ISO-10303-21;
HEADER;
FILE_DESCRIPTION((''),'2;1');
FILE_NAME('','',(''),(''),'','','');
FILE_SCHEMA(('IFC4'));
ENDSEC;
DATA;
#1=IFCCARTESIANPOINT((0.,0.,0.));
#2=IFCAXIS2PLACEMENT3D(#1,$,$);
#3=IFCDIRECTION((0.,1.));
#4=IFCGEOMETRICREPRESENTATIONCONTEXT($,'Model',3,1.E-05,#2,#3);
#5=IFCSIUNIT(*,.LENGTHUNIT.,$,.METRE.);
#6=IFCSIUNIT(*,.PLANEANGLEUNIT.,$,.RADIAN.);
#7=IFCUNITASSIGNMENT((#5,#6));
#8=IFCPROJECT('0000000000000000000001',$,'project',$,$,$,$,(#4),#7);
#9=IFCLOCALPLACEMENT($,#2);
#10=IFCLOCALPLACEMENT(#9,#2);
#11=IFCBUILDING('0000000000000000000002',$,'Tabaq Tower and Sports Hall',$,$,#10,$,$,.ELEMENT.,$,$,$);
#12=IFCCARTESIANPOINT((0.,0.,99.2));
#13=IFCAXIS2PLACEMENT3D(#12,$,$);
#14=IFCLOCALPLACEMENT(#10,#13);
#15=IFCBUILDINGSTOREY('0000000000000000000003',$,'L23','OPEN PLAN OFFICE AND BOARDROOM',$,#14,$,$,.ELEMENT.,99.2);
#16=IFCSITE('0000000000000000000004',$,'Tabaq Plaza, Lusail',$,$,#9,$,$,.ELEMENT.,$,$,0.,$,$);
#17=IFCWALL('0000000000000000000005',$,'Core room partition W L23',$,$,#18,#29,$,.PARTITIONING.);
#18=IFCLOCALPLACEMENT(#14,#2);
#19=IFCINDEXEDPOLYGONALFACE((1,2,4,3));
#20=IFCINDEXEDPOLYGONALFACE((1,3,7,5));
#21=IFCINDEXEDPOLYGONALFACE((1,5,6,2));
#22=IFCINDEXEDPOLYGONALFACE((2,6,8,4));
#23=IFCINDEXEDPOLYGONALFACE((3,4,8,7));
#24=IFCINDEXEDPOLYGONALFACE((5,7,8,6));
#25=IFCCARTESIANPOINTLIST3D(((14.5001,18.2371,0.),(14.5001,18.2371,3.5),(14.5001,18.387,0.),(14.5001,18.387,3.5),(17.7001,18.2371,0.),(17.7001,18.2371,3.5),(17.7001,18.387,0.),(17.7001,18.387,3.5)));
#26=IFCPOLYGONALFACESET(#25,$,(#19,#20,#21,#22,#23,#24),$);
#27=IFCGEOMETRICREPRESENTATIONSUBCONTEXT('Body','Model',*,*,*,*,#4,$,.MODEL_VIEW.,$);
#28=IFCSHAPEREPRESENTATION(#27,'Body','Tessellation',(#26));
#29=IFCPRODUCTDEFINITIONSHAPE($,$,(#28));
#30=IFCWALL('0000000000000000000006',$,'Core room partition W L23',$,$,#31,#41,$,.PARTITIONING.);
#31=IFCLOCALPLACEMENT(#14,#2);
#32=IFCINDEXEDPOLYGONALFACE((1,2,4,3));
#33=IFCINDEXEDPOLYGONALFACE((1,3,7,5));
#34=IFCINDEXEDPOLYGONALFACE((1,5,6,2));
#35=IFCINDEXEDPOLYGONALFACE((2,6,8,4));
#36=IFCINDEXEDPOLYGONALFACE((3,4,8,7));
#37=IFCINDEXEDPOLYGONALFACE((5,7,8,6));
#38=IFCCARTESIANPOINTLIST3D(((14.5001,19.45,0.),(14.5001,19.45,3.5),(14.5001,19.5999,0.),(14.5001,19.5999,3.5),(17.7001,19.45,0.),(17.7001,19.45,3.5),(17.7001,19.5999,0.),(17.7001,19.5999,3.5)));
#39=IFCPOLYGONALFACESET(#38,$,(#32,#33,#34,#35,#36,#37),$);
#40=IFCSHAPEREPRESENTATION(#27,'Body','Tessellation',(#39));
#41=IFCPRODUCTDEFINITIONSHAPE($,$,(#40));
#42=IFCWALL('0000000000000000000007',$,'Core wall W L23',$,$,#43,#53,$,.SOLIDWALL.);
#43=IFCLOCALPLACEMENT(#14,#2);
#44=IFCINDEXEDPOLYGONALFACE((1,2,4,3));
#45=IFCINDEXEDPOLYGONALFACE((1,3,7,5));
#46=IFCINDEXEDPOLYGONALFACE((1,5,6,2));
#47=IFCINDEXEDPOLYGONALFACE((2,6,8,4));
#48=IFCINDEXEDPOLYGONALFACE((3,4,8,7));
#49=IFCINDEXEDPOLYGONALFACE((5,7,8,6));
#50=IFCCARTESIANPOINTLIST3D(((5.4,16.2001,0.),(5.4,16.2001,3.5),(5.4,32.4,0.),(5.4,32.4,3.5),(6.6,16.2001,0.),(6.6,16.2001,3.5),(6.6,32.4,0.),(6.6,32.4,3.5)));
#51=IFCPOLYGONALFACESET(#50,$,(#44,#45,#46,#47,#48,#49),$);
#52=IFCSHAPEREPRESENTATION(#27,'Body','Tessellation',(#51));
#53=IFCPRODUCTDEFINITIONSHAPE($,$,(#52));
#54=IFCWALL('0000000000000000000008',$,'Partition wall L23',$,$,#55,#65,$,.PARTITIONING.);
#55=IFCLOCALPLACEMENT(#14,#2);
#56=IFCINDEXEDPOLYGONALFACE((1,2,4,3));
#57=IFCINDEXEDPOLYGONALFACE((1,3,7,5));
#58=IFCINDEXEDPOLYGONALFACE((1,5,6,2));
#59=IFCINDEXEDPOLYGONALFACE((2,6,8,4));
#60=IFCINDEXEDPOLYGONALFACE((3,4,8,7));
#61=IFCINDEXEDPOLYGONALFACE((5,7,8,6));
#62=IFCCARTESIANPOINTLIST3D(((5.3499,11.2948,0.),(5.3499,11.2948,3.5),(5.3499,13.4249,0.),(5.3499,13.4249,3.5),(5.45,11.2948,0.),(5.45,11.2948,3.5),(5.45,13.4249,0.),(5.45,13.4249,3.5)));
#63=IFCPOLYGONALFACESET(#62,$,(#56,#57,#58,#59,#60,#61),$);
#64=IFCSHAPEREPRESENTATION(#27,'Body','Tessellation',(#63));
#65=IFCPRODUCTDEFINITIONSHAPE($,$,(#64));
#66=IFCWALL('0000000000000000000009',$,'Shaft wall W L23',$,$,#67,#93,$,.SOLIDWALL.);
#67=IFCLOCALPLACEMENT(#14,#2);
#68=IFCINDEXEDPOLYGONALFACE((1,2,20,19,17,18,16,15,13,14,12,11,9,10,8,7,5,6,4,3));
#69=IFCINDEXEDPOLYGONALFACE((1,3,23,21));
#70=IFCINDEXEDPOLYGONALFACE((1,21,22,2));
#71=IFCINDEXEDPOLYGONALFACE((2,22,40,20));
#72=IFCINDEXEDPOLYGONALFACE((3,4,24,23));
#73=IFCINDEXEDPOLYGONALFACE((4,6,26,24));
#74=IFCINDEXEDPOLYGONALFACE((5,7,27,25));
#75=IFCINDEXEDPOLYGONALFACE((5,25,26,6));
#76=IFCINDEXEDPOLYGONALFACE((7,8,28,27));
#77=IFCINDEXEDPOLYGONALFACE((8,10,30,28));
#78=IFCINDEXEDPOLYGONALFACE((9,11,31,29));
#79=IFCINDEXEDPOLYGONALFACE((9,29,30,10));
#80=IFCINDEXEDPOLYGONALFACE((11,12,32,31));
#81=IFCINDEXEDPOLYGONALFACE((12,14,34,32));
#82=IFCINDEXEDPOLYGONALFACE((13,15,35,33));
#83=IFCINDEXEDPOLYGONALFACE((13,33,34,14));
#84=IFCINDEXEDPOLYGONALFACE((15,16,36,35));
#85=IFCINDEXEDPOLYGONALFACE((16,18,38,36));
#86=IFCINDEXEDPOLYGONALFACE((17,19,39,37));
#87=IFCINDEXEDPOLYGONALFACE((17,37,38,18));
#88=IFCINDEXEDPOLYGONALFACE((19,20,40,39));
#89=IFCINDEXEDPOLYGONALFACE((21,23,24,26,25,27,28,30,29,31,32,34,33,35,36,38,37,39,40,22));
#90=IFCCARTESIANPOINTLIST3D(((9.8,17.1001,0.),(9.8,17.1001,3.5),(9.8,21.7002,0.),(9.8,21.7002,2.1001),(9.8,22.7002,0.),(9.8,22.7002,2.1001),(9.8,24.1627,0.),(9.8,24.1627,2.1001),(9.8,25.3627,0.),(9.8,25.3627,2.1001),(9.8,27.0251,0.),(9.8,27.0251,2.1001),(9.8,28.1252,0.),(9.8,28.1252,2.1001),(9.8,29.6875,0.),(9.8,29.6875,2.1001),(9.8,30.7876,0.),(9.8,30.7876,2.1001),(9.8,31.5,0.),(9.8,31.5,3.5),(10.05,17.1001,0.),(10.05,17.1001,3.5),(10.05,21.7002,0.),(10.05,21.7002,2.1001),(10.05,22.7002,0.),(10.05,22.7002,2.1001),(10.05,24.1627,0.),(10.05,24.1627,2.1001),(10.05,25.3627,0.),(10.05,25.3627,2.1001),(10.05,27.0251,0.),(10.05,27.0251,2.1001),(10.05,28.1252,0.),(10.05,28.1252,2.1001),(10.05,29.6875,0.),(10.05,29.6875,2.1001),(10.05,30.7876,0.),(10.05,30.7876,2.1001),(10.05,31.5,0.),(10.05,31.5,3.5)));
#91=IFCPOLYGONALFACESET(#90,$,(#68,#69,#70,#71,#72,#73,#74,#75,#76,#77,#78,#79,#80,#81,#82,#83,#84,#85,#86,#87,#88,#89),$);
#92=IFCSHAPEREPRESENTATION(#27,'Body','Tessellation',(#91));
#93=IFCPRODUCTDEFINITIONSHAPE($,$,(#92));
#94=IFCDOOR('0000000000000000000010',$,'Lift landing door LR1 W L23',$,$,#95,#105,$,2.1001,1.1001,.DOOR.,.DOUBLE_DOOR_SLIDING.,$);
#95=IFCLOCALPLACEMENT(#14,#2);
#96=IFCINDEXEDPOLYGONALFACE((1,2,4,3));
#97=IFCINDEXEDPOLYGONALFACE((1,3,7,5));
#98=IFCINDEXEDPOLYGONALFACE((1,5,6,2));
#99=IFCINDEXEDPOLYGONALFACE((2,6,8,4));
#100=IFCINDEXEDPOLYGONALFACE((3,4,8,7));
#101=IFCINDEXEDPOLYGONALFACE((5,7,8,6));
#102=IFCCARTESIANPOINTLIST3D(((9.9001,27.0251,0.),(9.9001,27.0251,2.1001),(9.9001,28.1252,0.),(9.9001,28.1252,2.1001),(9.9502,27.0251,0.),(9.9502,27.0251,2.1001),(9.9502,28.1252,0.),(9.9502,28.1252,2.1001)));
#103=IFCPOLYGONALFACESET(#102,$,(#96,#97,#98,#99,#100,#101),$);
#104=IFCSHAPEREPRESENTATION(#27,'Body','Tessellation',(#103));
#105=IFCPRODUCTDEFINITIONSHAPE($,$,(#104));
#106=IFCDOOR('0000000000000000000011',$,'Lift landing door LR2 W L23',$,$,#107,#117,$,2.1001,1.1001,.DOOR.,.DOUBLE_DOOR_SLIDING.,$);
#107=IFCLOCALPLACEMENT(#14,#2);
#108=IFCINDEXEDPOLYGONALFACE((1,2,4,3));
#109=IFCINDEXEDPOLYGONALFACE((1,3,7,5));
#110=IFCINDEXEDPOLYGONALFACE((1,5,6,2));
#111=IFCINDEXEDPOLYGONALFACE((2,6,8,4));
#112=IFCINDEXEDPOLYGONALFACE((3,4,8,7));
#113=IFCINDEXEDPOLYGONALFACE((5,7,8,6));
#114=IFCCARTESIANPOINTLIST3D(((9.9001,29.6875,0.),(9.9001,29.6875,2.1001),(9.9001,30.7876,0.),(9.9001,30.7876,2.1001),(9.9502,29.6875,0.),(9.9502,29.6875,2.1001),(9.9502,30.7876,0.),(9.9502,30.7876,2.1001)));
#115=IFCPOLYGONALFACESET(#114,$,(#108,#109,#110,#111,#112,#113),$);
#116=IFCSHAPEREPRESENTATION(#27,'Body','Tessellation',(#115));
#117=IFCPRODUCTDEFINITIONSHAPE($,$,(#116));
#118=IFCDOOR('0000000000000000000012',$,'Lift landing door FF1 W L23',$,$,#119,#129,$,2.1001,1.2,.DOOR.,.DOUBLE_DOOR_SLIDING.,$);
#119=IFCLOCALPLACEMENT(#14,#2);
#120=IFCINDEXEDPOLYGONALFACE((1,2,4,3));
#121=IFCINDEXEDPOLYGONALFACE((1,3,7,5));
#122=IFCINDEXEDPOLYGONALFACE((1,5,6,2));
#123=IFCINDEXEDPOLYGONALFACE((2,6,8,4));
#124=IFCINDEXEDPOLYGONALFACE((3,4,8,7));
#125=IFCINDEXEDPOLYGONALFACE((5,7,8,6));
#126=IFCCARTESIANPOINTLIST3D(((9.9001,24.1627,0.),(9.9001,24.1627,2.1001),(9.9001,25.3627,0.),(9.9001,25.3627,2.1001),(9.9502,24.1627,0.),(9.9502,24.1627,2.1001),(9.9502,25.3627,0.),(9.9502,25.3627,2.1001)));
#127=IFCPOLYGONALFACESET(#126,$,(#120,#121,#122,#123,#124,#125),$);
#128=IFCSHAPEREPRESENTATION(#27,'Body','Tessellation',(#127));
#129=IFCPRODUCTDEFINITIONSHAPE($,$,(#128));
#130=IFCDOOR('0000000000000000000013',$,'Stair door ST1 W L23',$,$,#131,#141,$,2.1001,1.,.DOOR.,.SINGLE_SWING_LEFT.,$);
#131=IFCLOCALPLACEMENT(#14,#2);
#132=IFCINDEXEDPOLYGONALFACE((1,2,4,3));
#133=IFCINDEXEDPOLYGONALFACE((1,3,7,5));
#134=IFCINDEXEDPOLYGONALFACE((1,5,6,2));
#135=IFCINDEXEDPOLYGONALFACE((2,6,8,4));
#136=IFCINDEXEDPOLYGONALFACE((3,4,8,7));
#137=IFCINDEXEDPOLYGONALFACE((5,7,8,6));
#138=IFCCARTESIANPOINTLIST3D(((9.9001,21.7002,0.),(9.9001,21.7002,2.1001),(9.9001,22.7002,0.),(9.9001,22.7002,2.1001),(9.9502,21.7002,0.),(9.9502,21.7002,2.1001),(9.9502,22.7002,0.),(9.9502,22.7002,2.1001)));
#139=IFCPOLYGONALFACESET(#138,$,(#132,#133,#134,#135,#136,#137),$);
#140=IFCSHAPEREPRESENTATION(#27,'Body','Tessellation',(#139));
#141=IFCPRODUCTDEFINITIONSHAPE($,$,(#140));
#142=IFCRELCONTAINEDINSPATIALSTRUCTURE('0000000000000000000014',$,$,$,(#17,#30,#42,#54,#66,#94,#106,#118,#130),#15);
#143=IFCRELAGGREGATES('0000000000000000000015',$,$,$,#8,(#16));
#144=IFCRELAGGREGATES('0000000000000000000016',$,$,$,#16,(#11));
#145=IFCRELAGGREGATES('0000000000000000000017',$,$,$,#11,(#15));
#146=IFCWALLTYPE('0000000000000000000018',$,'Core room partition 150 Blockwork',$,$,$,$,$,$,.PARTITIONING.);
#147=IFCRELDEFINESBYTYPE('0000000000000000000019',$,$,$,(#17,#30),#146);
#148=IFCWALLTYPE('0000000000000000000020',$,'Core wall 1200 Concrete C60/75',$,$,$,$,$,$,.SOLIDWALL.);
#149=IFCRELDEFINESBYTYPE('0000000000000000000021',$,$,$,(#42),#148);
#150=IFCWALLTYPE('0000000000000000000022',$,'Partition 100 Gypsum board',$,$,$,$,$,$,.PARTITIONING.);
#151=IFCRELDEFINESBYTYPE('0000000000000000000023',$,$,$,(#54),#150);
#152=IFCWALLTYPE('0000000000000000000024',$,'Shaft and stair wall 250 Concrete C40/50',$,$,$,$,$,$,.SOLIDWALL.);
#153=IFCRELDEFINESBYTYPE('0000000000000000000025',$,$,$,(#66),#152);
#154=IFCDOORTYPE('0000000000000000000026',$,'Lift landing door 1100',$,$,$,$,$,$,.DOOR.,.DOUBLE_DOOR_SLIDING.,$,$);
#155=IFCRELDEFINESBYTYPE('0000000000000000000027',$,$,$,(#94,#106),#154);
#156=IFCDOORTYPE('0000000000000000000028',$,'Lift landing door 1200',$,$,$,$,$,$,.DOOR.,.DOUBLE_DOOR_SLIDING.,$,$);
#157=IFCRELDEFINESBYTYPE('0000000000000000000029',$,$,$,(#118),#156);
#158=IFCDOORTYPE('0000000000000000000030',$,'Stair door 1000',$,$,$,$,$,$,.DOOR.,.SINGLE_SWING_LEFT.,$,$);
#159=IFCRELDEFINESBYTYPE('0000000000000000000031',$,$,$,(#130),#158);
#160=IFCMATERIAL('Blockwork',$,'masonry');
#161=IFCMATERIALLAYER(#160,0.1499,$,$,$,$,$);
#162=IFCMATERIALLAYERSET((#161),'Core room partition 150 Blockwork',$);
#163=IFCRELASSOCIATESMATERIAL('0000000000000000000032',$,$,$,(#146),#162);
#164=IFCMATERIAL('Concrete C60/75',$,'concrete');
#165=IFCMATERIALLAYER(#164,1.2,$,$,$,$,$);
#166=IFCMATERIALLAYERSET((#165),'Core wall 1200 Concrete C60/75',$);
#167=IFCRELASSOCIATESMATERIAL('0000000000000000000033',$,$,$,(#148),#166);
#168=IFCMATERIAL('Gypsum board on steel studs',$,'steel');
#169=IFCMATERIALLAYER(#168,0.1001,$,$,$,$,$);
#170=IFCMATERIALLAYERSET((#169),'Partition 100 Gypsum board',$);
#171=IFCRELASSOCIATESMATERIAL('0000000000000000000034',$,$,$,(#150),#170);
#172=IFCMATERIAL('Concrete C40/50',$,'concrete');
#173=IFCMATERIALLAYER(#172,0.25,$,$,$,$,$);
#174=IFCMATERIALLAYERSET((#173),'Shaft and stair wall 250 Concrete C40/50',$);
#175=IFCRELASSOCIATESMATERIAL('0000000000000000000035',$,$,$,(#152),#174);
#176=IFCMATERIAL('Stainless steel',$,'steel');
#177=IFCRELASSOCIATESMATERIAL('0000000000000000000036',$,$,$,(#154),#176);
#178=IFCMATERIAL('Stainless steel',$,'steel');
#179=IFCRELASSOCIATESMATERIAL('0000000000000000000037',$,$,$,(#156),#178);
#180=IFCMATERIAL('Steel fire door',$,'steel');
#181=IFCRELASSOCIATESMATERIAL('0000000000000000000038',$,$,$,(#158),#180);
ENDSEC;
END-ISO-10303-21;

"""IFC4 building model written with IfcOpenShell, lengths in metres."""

from ifc_helpers import new_model, si_unit, direction, frame, frame_2d, origin, place, context, subcontext, project, spatial, rectangle, extrude, material, layer, layer_set, type_object, element, fill, save


model = new_model("IFC4")

# Units and contexts
model_context = context("Model", 3, precision=1e-05, world=origin(), true_north=direction((0.0, 1.0)))
body_context = subcontext(model_context, "Body", "Model", "MODEL_VIEW")
ifc_project = project(units=[si_unit("LENGTHUNIT", "METRE"), si_unit("PLANEANGLEUNIT", "RADIAN")], contexts=[model_context])

# Site, building, storey
site_placement = place(None, origin())
site = spatial("IfcSite", under=ifc_project, at=site_placement, Name="Tabaq Plaza, Lusail", CompositionType="ELEMENT", RefElevation=0.0)
building_placement = place(site_placement, origin())
building = spatial("IfcBuilding", under=site, at=building_placement, Name="Tabaq Tower and Sports Hall", CompositionType="ELEMENT")
storey_placement = place(building_placement, frame((0.0, 0.0, 99.2)))
storey = spatial("IfcBuildingStorey", under=building, at=storey_placement, Name="L23", Description="OPEN PLAN OFFICE AND BOARDROOM", CompositionType="ELEMENT", Elevation=99.2)

# Walls
ifc_material_1 = material(Name="Blockwork", Category="masonry")
ifc_layer_1 = layer(ifc_material_1, 0.1499)
ifc_layer_set_1 = layer_set([ifc_layer_1], Name="Core room partition 150 Blockwork")
wall_type_1 = type_object("IfcWallType", Name="Core room partition 150 Blockwork", PredefinedType="PARTITIONING", material=ifc_layer_set_1)
for number, where, z_axis, x_axis, name in (
    (1, (14.5, 18.312, 0.0), (0.0, 0.0, 1.0), (1.0, 0.0, 0.0), "Core room partition W L23"),
    (2, (14.5, 19.5249, 0.0), (0.0, 0.0, 1.0), (1.0, 0.0, 0.0), "Core room partition W L23"),
):
    element("IfcWall", number, at=place(storey_placement, frame(where, z_axis=z_axis, x_axis=x_axis)), inside=storey, type_object=wall_type_1, Name=name, PredefinedType="PARTITIONING", context=body_context, shape_type="SweptSolid", body=[
        extrude(rectangle(XDim=3.2, YDim=0.1499, at=frame_2d((1.6001, 0.0))), origin(), (0.0, 0.0, 1.0), 3.5),
    ])
ifc_material_2 = material(Name="Concrete C60/75", Category="concrete")
ifc_layer_2 = layer(ifc_material_2, 1.2)
ifc_layer_set_2 = layer_set([ifc_layer_2], Name="Core wall 1200 Concrete C60/75")
wall_type_2 = type_object("IfcWallType", Name="Core wall 1200 Concrete C60/75", PredefinedType="SOLIDWALL", material=ifc_layer_set_2)
wall_1_placement = place(storey_placement, frame((6.0, 16.2, 0.0), z_axis=(0.0, 0.0, 1.0), x_axis=(0.0, 1.0, 0.0)))
element("IfcWall", 3, at=wall_1_placement, inside=storey, type_object=wall_type_2, Name="Core wall W L23", PredefinedType="SOLIDWALL", context=body_context, shape_type="SweptSolid", body=[
    extrude(rectangle(XDim=16.2, YDim=1.2, at=frame_2d((8.1001, 0.0))), origin(), (0.0, 0.0, 1.0), 3.5),
])
ifc_material_3 = material(Name="Gypsum board on steel studs", Category="steel")
ifc_layer_3 = layer(ifc_material_3, 0.1001)
ifc_layer_set_3 = layer_set([ifc_layer_3], Name="Partition 100 Gypsum board")
wall_type_3 = type_object("IfcWallType", Name="Partition 100 Gypsum board", PredefinedType="PARTITIONING", material=ifc_layer_set_3)
wall_2_placement = place(storey_placement, frame((5.3999, 11.2949, 0.0), z_axis=(0.0, 0.0, 1.0), x_axis=(0.0, 1.0, 0.0)))
element("IfcWall", 4, at=wall_2_placement, inside=storey, type_object=wall_type_3, Name="Partition wall L23", PredefinedType="PARTITIONING", context=body_context, shape_type="SweptSolid", body=[
    extrude(rectangle(XDim=2.1301, YDim=0.1001, at=frame_2d((1.0649, 0.0))), origin(), (0.0, 0.0, 1.0), 3.5),
])

# Wall, openings, doors
ifc_material_4 = material(Name="Concrete C40/50", Category="concrete")
ifc_layer_4 = layer(ifc_material_4, 0.25)
ifc_layer_set_4 = layer_set([ifc_layer_4], Name="Shaft and stair wall 250 Concrete C40/50")
wall_type_4 = type_object("IfcWallType", Name="Shaft and stair wall 250 Concrete C40/50", PredefinedType="SOLIDWALL", material=ifc_layer_set_4)
wall_3_placement = place(storey_placement, frame((9.925, 17.1001, 0.0), z_axis=(0.0, 0.0, 1.0), x_axis=(0.0, 1.0, 0.0)))
wall_3 = element("IfcWall", 5, at=wall_3_placement, inside=storey, type_object=wall_type_4, Name="Shaft wall W L23", PredefinedType="SOLIDWALL", context=body_context, shape_type="SweptSolid", body=[
    extrude(rectangle(XDim=14.3999, YDim=0.25, at=frame_2d((7.2, 0.0))), origin(), (0.0, 0.0, 1.0), 3.5),
])
opening_1_placement = place(wall_3_placement, frame((4.6001, 0.0, 0.0)))
opening_1 = element("IfcOpeningElement", 6, at=opening_1_placement, cuts=wall_3, PredefinedType="OPENING", context=body_context, shape_type="SweptSolid", body=[
    extrude(rectangle(XDim=1.0, YDim=2.1001, at=frame_2d((0.5, 1.05))), frame((0.0, 0.125, 0.0), z_axis=(0.0, -1.0, 0.0), x_axis=(1.0, 0.0, 0.0)), (0.0, 0.0, 1.0), 0.25),
])
opening_2_placement = place(wall_3_placement, frame((7.0625, 0.0, 0.0)))
opening_2 = element("IfcOpeningElement", 7, at=opening_2_placement, cuts=wall_3, PredefinedType="OPENING", context=body_context, shape_type="SweptSolid", body=[
    extrude(rectangle(XDim=1.2, YDim=2.1001, at=frame_2d((0.6001, 1.05))), frame((0.0, 0.125, 0.0), z_axis=(0.0, -1.0, 0.0), x_axis=(1.0, 0.0, 0.0)), (0.0, 0.0, 1.0), 0.25),
])
opening_3_placement = place(wall_3_placement, frame((9.925, 0.0, 0.0)))
opening_3 = element("IfcOpeningElement", 8, at=opening_3_placement, cuts=wall_3, PredefinedType="OPENING", context=body_context, shape_type="SweptSolid", body=[
    extrude(rectangle(XDim=1.1001, YDim=2.1001, at=frame_2d((0.55, 1.05))), frame((0.0, 0.125, 0.0), z_axis=(0.0, -1.0, 0.0), x_axis=(1.0, 0.0, 0.0)), (0.0, 0.0, 1.0), 0.25),
])
opening_4_placement = place(wall_3_placement, frame((12.5874, 0.0, 0.0)))
opening_4 = element("IfcOpeningElement", 9, at=opening_4_placement, cuts=wall_3, PredefinedType="OPENING", context=body_context, shape_type="SweptSolid", body=[
    extrude(rectangle(XDim=1.1001, YDim=2.1001, at=frame_2d((0.55, 1.05))), frame((0.0, 0.125, 0.0), z_axis=(0.0, -1.0, 0.0), x_axis=(1.0, 0.0, 0.0)), (0.0, 0.0, 1.0), 0.25),
])
ifc_material_5 = material(Name="Stainless steel", Category="steel")
door_type_1 = type_object("IfcDoorType", Name="Lift landing door 1100", OperationType="DOUBLE_DOOR_SLIDING", PredefinedType="DOOR", material=ifc_material_5)
door_1_placement = place(opening_3_placement, origin())
door_1 = element("IfcDoor", 10, at=door_1_placement, inside=storey, type_object=door_type_1, Name="Lift landing door LR1 W L23", OperationType="DOUBLE_DOOR_SLIDING", OverallHeight=2.1001, OverallWidth=1.1001, PredefinedType="DOOR", context=body_context, shape_type="SweptSolid", body=[
    extrude(rectangle(XDim=1.1001, YDim=2.1001, at=frame_2d((0.55, 1.05))), frame((0.0, 0.0249, 0.0), z_axis=(0.0, -1.0, 0.0), x_axis=(1.0, 0.0, 0.0)), (0.0, 0.0, 1.0), 0.05),
])
fill(opening_3, door_1)
door_2_placement = place(opening_4_placement, origin())
door_2 = element("IfcDoor", 11, at=door_2_placement, inside=storey, type_object=door_type_1, Name="Lift landing door LR2 W L23", OperationType="DOUBLE_DOOR_SLIDING", OverallHeight=2.1001, OverallWidth=1.1001, PredefinedType="DOOR", context=body_context, shape_type="SweptSolid", body=[
    extrude(rectangle(XDim=1.1001, YDim=2.1001, at=frame_2d((0.55, 1.05))), frame((0.0, 0.0249, 0.0), z_axis=(0.0, -1.0, 0.0), x_axis=(1.0, 0.0, 0.0)), (0.0, 0.0, 1.0), 0.05),
])
fill(opening_4, door_2)
ifc_material_6 = material(Name="Stainless steel", Category="steel")
door_type_2 = type_object("IfcDoorType", Name="Lift landing door 1200", OperationType="DOUBLE_DOOR_SLIDING", PredefinedType="DOOR", material=ifc_material_6)
door_3_placement = place(opening_2_placement, origin())
door_3 = element("IfcDoor", 12, at=door_3_placement, inside=storey, type_object=door_type_2, Name="Lift landing door FF1 W L23", OperationType="DOUBLE_DOOR_SLIDING", OverallHeight=2.1001, OverallWidth=1.2, PredefinedType="DOOR", context=body_context, shape_type="SweptSolid", body=[
    extrude(rectangle(XDim=1.2, YDim=2.1001, at=frame_2d((0.6001, 1.05))), frame((0.0, 0.0249, 0.0), z_axis=(0.0, -1.0, 0.0), x_axis=(1.0, 0.0, 0.0)), (0.0, 0.0, 1.0), 0.05),
])
fill(opening_2, door_3)
ifc_material_7 = material(Name="Steel fire door", Category="steel")
door_type_3 = type_object("IfcDoorType", Name="Stair door 1000", OperationType="SINGLE_SWING_LEFT", PredefinedType="DOOR", material=ifc_material_7)
door_4_placement = place(opening_1_placement, origin())
door_4 = element("IfcDoor", 13, at=door_4_placement, inside=storey, type_object=door_type_3, Name="Stair door ST1 W L23", OperationType="SINGLE_SWING_LEFT", OverallHeight=2.1001, OverallWidth=1.0, PredefinedType="DOOR", context=body_context, shape_type="SweptSolid", body=[
    extrude(rectangle(XDim=1.0, YDim=2.1001, at=frame_2d((0.5, 1.05))), frame((0.0, 0.0249, 0.0), z_axis=(0.0, -1.0, 0.0), x_axis=(1.0, 0.0, 0.0)), (0.0, 0.0, 1.0), 0.05),
])
fill(opening_1, door_4)

save(model, "model.ifc")
